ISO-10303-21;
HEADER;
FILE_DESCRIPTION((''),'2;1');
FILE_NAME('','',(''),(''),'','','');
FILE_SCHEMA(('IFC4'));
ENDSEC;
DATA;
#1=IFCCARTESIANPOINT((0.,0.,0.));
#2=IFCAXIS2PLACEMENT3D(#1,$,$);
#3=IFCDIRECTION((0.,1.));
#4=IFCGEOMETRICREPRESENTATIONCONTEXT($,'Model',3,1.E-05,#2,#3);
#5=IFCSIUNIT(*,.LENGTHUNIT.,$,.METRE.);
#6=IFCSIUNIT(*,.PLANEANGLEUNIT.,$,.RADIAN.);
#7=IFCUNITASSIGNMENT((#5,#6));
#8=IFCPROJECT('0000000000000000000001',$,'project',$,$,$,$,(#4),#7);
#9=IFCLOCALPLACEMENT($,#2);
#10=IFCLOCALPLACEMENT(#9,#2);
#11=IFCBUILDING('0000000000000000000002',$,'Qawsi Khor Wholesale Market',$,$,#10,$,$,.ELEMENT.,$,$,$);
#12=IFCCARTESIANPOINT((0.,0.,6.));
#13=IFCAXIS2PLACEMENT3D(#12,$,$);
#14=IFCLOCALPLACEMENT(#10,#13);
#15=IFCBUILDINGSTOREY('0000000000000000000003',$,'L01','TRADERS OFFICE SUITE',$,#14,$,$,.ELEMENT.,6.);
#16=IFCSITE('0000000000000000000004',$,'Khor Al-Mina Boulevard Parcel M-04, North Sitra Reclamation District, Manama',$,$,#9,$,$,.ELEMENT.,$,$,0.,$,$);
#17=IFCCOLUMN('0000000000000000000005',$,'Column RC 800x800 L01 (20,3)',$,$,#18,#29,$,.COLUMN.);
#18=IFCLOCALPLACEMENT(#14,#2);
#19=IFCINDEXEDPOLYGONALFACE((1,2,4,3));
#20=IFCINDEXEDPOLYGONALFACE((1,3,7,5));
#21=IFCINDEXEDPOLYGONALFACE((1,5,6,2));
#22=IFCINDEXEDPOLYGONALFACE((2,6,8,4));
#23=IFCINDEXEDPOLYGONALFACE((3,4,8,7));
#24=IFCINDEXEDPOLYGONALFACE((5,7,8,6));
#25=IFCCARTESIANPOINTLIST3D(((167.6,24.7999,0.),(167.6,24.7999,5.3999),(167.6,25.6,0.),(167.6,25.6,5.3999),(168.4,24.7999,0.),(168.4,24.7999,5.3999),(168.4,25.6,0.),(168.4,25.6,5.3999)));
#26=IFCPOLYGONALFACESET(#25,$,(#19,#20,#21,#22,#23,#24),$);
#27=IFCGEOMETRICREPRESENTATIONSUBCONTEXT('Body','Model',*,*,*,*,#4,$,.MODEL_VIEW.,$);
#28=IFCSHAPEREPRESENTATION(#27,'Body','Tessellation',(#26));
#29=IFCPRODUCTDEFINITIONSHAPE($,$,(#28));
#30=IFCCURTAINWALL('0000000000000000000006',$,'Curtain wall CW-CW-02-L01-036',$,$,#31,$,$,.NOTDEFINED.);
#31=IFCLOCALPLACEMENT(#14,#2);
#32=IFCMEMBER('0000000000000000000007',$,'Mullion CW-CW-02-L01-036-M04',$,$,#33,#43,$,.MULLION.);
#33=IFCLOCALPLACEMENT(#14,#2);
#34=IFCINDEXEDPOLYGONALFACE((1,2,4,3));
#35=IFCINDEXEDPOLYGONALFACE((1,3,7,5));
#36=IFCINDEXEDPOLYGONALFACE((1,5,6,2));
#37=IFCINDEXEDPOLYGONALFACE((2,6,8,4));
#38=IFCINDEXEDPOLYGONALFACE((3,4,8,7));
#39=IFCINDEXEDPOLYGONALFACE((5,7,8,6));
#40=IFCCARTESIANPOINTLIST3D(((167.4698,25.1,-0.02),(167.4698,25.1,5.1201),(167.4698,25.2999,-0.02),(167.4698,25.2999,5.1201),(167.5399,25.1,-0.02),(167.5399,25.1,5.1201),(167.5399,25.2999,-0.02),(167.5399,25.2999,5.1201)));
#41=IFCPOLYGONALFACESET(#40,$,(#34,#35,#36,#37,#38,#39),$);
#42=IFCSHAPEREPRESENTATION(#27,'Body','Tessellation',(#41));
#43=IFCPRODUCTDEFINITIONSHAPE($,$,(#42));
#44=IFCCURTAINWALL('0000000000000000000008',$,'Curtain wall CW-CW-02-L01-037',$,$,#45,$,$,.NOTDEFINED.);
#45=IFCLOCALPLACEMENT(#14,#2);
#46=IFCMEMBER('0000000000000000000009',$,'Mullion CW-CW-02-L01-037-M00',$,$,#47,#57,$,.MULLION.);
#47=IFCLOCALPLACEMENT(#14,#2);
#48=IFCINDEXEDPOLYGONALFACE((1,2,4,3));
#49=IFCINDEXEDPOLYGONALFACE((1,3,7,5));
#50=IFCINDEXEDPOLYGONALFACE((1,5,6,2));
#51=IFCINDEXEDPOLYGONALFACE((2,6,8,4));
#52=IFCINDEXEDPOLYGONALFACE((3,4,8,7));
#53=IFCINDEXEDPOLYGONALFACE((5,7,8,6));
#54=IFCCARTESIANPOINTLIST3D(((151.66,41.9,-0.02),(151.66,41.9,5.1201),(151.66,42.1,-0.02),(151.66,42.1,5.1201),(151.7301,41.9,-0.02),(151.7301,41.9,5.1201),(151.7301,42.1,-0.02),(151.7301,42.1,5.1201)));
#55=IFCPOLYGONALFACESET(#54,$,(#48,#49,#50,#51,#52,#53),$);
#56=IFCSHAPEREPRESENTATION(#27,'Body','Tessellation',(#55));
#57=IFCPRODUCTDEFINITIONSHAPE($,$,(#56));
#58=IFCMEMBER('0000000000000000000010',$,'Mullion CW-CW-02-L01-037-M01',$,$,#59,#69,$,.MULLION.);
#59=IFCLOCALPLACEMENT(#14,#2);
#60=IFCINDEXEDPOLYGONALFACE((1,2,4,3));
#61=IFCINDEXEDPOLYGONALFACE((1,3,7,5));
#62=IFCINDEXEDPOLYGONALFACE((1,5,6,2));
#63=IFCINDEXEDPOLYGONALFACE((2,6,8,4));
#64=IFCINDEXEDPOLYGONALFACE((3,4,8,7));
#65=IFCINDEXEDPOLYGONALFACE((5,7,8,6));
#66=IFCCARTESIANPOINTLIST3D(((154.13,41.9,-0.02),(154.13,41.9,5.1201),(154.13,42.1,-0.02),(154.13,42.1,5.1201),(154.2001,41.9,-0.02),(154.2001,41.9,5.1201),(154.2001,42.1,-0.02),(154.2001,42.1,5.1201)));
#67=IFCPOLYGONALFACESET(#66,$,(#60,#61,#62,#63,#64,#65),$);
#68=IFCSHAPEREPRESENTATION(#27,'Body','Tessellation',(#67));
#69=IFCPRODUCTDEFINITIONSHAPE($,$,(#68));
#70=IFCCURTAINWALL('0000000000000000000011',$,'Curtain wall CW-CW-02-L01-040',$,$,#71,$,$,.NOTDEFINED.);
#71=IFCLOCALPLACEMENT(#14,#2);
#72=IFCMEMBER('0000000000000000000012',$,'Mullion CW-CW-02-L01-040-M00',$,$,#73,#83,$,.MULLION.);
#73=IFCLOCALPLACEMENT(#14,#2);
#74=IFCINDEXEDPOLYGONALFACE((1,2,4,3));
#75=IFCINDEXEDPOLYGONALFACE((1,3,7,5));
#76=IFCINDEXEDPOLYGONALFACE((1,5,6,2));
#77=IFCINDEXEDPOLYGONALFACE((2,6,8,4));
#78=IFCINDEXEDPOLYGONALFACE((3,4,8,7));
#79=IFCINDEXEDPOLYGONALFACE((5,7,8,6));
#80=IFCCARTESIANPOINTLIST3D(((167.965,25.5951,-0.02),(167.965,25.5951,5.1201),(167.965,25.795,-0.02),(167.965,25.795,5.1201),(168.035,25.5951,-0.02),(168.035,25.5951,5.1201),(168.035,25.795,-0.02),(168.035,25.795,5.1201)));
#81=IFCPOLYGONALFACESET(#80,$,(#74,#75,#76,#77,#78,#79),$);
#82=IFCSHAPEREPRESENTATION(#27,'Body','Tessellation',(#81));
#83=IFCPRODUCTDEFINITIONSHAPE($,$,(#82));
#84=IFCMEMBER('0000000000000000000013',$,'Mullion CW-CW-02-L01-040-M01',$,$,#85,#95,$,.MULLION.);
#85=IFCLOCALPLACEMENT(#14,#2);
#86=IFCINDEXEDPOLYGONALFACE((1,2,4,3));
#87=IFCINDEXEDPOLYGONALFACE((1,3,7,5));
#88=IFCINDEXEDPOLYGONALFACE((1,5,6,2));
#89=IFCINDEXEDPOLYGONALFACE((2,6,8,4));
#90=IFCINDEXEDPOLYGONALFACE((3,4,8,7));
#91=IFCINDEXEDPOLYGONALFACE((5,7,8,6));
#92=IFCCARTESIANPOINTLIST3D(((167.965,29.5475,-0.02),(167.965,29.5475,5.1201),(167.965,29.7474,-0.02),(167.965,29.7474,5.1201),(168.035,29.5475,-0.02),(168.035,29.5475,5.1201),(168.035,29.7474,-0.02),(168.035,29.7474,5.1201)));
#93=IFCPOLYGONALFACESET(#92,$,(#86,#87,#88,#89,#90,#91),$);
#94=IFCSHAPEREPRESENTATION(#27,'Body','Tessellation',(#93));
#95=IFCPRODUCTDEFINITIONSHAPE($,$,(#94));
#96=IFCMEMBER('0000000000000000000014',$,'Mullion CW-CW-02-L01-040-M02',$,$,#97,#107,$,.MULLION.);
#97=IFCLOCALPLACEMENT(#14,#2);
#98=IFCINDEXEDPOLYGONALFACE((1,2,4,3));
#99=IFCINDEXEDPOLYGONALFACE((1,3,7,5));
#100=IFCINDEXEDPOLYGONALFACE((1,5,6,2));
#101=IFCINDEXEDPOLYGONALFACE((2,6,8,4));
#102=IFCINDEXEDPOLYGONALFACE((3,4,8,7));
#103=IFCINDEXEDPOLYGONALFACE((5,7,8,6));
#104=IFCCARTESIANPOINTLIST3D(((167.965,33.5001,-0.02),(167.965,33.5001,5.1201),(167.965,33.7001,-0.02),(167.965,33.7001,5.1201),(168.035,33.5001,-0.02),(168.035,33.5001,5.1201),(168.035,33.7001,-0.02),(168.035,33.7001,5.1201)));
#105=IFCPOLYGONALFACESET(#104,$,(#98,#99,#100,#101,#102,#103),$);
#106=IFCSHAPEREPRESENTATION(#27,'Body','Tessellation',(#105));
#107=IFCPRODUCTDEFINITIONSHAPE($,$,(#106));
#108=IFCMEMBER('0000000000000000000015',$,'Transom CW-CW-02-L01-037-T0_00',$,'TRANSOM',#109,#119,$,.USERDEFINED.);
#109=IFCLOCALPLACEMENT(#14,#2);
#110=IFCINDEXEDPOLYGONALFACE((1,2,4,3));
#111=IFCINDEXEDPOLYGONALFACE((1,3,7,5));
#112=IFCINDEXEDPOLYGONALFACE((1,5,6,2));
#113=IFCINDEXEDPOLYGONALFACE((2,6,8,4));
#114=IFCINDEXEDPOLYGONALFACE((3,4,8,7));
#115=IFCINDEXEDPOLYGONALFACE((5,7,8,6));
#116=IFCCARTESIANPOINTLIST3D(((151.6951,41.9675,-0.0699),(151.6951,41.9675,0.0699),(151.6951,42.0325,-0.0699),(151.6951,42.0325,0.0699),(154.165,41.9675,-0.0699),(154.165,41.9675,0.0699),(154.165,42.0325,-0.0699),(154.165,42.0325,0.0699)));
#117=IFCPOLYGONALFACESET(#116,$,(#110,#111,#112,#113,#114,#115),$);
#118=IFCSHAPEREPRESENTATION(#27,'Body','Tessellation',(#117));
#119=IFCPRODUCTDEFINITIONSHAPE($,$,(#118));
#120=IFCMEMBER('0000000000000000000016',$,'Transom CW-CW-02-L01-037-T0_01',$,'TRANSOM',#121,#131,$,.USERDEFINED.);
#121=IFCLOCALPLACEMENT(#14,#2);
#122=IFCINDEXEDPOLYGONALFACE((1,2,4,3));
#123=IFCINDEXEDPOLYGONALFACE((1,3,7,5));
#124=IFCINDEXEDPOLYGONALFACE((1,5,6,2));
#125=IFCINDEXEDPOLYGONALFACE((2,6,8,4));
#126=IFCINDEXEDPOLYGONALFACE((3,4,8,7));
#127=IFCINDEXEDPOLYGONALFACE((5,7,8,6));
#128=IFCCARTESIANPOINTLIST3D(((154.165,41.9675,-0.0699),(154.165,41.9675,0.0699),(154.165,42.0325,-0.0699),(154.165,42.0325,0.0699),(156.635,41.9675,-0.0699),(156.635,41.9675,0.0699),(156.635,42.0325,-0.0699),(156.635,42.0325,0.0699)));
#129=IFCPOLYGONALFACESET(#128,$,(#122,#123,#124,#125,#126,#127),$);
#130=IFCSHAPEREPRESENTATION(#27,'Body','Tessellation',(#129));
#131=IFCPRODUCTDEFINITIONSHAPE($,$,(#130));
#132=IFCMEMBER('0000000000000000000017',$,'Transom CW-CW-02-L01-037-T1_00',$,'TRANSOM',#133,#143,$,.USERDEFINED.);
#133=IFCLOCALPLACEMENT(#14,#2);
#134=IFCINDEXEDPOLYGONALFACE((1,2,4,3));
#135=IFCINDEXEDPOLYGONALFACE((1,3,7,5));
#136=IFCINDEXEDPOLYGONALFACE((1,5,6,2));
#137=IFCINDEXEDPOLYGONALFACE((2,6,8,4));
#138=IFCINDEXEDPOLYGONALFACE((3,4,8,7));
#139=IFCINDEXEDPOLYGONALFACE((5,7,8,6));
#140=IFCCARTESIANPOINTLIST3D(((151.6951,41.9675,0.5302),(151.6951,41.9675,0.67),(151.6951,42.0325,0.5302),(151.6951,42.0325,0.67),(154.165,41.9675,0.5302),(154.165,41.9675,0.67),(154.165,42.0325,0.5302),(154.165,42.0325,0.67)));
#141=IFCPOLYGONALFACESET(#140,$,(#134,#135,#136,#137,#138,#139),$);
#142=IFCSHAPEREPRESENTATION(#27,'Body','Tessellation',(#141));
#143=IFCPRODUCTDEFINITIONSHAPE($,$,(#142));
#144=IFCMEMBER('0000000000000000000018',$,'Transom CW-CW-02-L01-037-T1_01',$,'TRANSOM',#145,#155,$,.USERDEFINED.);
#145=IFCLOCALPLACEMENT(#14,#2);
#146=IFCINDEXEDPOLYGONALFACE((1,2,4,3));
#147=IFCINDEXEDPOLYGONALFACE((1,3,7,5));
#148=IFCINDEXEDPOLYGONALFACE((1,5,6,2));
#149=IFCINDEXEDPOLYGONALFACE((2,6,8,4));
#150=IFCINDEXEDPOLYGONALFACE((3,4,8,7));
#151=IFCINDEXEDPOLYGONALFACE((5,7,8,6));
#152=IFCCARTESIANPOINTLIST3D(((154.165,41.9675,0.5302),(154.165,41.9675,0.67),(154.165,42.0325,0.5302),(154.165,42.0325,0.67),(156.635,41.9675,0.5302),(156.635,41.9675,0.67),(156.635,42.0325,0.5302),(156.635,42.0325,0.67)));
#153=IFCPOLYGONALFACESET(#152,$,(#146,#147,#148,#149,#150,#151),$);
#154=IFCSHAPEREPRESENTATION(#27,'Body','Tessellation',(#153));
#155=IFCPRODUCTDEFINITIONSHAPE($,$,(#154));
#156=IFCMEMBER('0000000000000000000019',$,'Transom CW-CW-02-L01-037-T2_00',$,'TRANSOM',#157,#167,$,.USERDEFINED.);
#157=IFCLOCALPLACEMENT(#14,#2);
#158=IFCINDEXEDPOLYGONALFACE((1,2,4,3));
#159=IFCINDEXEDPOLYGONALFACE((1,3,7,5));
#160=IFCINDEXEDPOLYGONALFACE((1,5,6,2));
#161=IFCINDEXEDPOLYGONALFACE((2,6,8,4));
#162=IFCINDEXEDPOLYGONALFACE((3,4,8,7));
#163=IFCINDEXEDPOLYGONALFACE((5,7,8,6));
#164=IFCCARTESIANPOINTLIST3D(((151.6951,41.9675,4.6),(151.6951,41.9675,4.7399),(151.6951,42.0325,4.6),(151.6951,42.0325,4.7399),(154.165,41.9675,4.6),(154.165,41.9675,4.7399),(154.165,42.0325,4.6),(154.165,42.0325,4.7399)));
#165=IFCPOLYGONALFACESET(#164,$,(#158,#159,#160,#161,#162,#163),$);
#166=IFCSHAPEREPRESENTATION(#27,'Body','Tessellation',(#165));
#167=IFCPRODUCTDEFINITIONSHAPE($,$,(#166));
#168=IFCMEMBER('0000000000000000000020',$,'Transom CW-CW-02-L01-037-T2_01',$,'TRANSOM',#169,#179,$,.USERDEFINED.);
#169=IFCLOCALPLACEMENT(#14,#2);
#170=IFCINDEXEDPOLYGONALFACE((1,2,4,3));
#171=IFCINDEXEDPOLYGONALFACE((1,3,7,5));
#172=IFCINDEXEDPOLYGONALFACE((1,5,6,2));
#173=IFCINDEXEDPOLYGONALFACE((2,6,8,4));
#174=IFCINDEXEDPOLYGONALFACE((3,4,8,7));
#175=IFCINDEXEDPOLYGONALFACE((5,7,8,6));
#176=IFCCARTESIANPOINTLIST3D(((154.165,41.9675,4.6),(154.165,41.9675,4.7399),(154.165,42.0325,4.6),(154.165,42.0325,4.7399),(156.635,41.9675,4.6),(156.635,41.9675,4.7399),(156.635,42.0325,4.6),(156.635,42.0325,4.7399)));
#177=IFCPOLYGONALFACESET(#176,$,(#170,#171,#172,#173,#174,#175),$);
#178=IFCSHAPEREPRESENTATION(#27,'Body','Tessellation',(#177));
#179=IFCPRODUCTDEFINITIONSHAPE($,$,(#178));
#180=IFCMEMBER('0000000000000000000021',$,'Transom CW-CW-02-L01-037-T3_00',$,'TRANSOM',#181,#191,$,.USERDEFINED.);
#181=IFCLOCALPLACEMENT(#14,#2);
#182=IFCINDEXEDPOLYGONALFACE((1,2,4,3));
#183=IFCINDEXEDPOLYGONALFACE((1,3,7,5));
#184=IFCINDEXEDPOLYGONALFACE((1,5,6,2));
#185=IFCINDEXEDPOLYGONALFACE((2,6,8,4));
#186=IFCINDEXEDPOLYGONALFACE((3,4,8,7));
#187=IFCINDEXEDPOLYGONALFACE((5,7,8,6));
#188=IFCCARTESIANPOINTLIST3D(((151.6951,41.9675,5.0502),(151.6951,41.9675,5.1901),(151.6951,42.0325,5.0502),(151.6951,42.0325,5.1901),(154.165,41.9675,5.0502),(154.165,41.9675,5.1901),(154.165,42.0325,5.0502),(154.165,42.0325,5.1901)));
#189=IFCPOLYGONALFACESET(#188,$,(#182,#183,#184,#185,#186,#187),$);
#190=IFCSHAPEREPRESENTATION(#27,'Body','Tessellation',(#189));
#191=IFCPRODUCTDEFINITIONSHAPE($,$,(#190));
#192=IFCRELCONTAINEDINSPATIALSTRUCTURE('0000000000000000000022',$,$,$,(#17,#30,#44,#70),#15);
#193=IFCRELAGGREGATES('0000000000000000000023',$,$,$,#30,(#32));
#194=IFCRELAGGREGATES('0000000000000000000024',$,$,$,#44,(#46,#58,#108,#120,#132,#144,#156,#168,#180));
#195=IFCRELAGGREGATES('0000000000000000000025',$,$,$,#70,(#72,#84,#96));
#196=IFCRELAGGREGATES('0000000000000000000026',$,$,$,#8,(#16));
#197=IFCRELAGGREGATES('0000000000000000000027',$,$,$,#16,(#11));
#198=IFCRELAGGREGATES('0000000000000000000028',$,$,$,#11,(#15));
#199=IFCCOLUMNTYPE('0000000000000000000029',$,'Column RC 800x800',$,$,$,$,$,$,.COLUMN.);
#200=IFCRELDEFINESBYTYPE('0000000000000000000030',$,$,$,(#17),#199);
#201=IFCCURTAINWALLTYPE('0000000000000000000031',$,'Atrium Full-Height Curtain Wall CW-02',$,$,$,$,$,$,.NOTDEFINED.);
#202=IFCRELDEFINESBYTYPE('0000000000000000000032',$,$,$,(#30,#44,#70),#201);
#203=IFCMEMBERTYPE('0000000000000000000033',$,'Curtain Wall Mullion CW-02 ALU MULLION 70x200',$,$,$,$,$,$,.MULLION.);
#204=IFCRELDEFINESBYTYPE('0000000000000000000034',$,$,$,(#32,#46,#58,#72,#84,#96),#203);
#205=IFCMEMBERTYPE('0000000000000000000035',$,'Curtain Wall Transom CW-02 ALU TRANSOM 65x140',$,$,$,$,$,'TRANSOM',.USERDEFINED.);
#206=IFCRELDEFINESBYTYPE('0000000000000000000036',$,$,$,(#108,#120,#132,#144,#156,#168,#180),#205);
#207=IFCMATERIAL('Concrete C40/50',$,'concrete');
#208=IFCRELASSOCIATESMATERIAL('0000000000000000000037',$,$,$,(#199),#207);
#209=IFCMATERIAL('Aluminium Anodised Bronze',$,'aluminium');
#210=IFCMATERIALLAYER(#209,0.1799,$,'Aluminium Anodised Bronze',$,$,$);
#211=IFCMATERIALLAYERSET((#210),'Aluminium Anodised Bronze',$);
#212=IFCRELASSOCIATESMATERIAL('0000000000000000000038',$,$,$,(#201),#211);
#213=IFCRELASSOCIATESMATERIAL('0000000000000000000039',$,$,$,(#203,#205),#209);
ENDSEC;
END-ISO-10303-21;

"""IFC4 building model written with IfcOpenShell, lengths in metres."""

from ifc_helpers import new_model, si_unit, direction, frame, origin, origin_2d, place, context, subcontext, project, spatial, rectangle, extrude, material, layer, layer_set, material_profile, profile_set, type_object, element, aggregate, save


model = new_model("IFC4")

# Units and contexts
model_context = context("Model", 3, precision=1e-05, world=origin(), true_north=direction((0.0, 1.0)))
body_context = subcontext(model_context, "Body", "Model", "MODEL_VIEW")
ifc_project = project(units=[si_unit("LENGTHUNIT", "METRE"), si_unit("PLANEANGLEUNIT", "RADIAN")], contexts=[model_context])

# Site, building, storey
site_placement = place(None, origin())
site = spatial("IfcSite", under=ifc_project, at=site_placement, Name="Khor Al-Mina Boulevard Parcel M-04, North Sitra Reclamation District, Manama", CompositionType="ELEMENT", RefElevation=0.0)
building_placement = place(site_placement, origin())
building = spatial("IfcBuilding", under=site, at=building_placement, Name="Qawsi Khor Wholesale Market", CompositionType="ELEMENT")
storey_placement = place(building_placement, frame((0.0, 0.0, 6.0)))
storey = spatial("IfcBuildingStorey", under=building, at=storey_placement, Name="L01", Description="TRADERS OFFICE SUITE", CompositionType="ELEMENT", Elevation=6.0)

# Column
ifc_material_1 = material(Name="Concrete C40/50", Category="concrete")
ifc_material_profile_1 = material_profile(ifc_material_1, rectangle(XDim=0.8, YDim=0.8, at=origin_2d()), Name="RC 800x800")
ifc_profile_set_1 = profile_set([ifc_material_profile_1], Name="Concrete C40/50")
column_type = type_object("IfcColumnType", Name="Column RC 800x800", PredefinedType="COLUMN", material=ifc_profile_set_1)
column_placement = place(storey_placement, frame((168.0, 25.2, 0.0), z_axis=(0.0, 0.0, 1.0), x_axis=(1.0, 0.0, 0.0)))
element("IfcColumn", 1, at=column_placement, inside=storey, type_object=column_type, Name="Column RC 800x800 L01 (20,3)", PredefinedType="COLUMN", context=body_context, shape_type="SweptSolid", body=[
    extrude(rectangle(XDim=0.8, YDim=0.8, at=origin_2d()), origin(), (0.0, 0.0, 1.0), 5.3999),
])

# Curtain wall, member
ifc_material_2 = material(Name="Aluminium Anodised Bronze", Category="aluminium")
ifc_layer_1 = layer(ifc_material_2, 0.1799, Name="Aluminium Anodised Bronze")
ifc_layer_set_1 = layer_set([ifc_layer_1], Name="Aluminium Anodised Bronze")
curtain_wall_type = type_object("IfcCurtainWallType", Name="Atrium Full-Height Curtain Wall CW-02", PredefinedType="NOTDEFINED", material=ifc_layer_set_1)
curtain_wall_1_placement = place(storey_placement, origin())
curtain_wall_1 = element("IfcCurtainWall", 2, at=curtain_wall_1_placement, inside=storey, type_object=curtain_wall_type, Name="Curtain wall CW-CW-02-L01-036", PredefinedType="NOTDEFINED")
ifc_material_profile_2 = material_profile(ifc_material_2, rectangle(XDim=0.0701, YDim=0.2, at=origin_2d()), Name="ALU MULLION 70x200")
ifc_profile_set_2 = profile_set([ifc_material_profile_2], Name="Aluminium Anodised Bronze")
member_type_1 = type_object("IfcMemberType", Name="Curtain Wall Mullion CW-02 ALU MULLION 70x200", PredefinedType="MULLION", material=ifc_profile_set_2)
member_1_placement = place(storey_placement, frame((167.5049, 25.2, -0.02), z_axis=(0.0, 0.0, 1.0), x_axis=(1.0, 0.0, 0.0)))
member_1 = element("IfcMember", 3, at=member_1_placement, type_object=member_type_1, Name="Mullion CW-CW-02-L01-036-M04", PredefinedType="MULLION", context=body_context, shape_type="SweptSolid", body=[
    extrude(rectangle(XDim=0.0701, YDim=0.2, at=origin_2d()), origin(), (0.0, 0.0, 1.0), 5.1401),
])

# Curtain walls, members
curtain_wall_2_placement = place(storey_placement, origin())
curtain_wall_2 = element("IfcCurtainWall", 4, at=curtain_wall_2_placement, inside=storey, type_object=curtain_wall_type, Name="Curtain wall CW-CW-02-L01-037", PredefinedType="NOTDEFINED")
member_2_placement = place(storey_placement, frame((151.6951, 42.0, -0.02), z_axis=(0.0, 0.0, 1.0), x_axis=(1.0, 0.0, 0.0)))
member_2 = element("IfcMember", 5, at=member_2_placement, type_object=member_type_1, Name="Mullion CW-CW-02-L01-037-M00", PredefinedType="MULLION", context=body_context, shape_type="SweptSolid", body=[
    extrude(rectangle(XDim=0.0701, YDim=0.2, at=origin_2d()), origin(), (0.0, 0.0, 1.0), 5.1401),
])
member_3_placement = place(storey_placement, frame((154.165, 42.0, -0.02), z_axis=(0.0, 0.0, 1.0), x_axis=(1.0, 0.0, 0.0)))
member_3 = element("IfcMember", 6, at=member_3_placement, type_object=member_type_1, Name="Mullion CW-CW-02-L01-037-M01", PredefinedType="MULLION", context=body_context, shape_type="SweptSolid", body=[
    extrude(rectangle(XDim=0.0701, YDim=0.2, at=origin_2d()), origin(), (0.0, 0.0, 1.0), 5.1401),
])
curtain_wall_3_placement = place(storey_placement, origin())
curtain_wall_3 = element("IfcCurtainWall", 7, at=curtain_wall_3_placement, inside=storey, type_object=curtain_wall_type, Name="Curtain wall CW-CW-02-L01-040", PredefinedType="NOTDEFINED")
member_4_placement = place(storey_placement, frame((168.0, 25.6951, -0.02), z_axis=(0.0, 0.0, 1.0), x_axis=(1.0, 0.0, 0.0)))
member_4 = element("IfcMember", 8, at=member_4_placement, type_object=member_type_1, Name="Mullion CW-CW-02-L01-040-M00", PredefinedType="MULLION", context=body_context, shape_type="SweptSolid", body=[
    extrude(rectangle(XDim=0.0701, YDim=0.2, at=origin_2d()), origin(), (0.0, 0.0, 1.0), 5.1401),
])
member_5_placement = place(storey_placement, frame((168.0, 29.6475, -0.02), z_axis=(0.0, 0.0, 1.0), x_axis=(1.0, 0.0, 0.0)))
member_5 = element("IfcMember", 9, at=member_5_placement, type_object=member_type_1, Name="Mullion CW-CW-02-L01-040-M01", PredefinedType="MULLION", context=body_context, shape_type="SweptSolid", body=[
    extrude(rectangle(XDim=0.0701, YDim=0.2, at=origin_2d()), origin(), (0.0, 0.0, 1.0), 5.1401),
])
member_6_placement = place(storey_placement, frame((168.0, 33.6001, -0.02), z_axis=(0.0, 0.0, 1.0), x_axis=(1.0, 0.0, 0.0)))
member_6 = element("IfcMember", 10, at=member_6_placement, type_object=member_type_1, Name="Mullion CW-CW-02-L01-040-M02", PredefinedType="MULLION", context=body_context, shape_type="SweptSolid", body=[
    extrude(rectangle(XDim=0.0701, YDim=0.2, at=origin_2d()), origin(), (0.0, 0.0, 1.0), 5.1401),
])

# Members
ifc_material_profile_3 = material_profile(ifc_material_2, rectangle(XDim=0.0649, YDim=0.1399, at=origin_2d()), Name="ALU TRANSOM 65x140")
ifc_profile_set_3 = profile_set([ifc_material_profile_3], Name="Aluminium Anodised Bronze")
member_type_2 = type_object("IfcMemberType", Name="Curtain Wall Transom CW-02 ALU TRANSOM 65x140", ElementType="TRANSOM", PredefinedType="USERDEFINED", material=ifc_profile_set_3)
member_7_placement = place(storey_placement, frame((151.6951, 42.0, 0.0), z_axis=(1.0, 0.0, 0.0), x_axis=(0.0, 1.0, 0.0)))
member_7 = element("IfcMember", 11, at=member_7_placement, type_object=member_type_2, Name="Transom CW-CW-02-L01-037-T0_00", ObjectType="TRANSOM", PredefinedType="USERDEFINED", context=body_context, shape_type="SweptSolid", body=[
    extrude(rectangle(XDim=0.0649, YDim=0.1399, at=origin_2d()), origin(), (0.0, 0.0, 1.0), 2.47),
])
member_8_placement = place(storey_placement, frame((154.165, 42.0, 0.0), z_axis=(1.0, 0.0, 0.0), x_axis=(0.0, 1.0, 0.0)))
member_8 = element("IfcMember", 12, at=member_8_placement, type_object=member_type_2, Name="Transom CW-CW-02-L01-037-T0_01", ObjectType="TRANSOM", PredefinedType="USERDEFINED", context=body_context, shape_type="SweptSolid", body=[
    extrude(rectangle(XDim=0.0649, YDim=0.1399, at=origin_2d()), origin(), (0.0, 0.0, 1.0), 2.47),
])
member_9_placement = place(storey_placement, frame((151.6951, 42.0, 0.6001), z_axis=(1.0, 0.0, 0.0), x_axis=(0.0, 1.0, 0.0)))
member_9 = element("IfcMember", 13, at=member_9_placement, type_object=member_type_2, Name="Transom CW-CW-02-L01-037-T1_00", ObjectType="TRANSOM", PredefinedType="USERDEFINED", context=body_context, shape_type="SweptSolid", body=[
    extrude(rectangle(XDim=0.0649, YDim=0.1399, at=origin_2d()), origin(), (0.0, 0.0, 1.0), 2.47),
])
member_10_placement = place(storey_placement, frame((154.165, 42.0, 0.6001), z_axis=(1.0, 0.0, 0.0), x_axis=(0.0, 1.0, 0.0)))
member_10 = element("IfcMember", 14, at=member_10_placement, type_object=member_type_2, Name="Transom CW-CW-02-L01-037-T1_01", ObjectType="TRANSOM", PredefinedType="USERDEFINED", context=body_context, shape_type="SweptSolid", body=[
    extrude(rectangle(XDim=0.0649, YDim=0.1399, at=origin_2d()), origin(), (0.0, 0.0, 1.0), 2.47),
])
member_11_placement = place(storey_placement, frame((151.6951, 42.0, 4.6699), z_axis=(1.0, 0.0, 0.0), x_axis=(0.0, 1.0, 0.0)))
member_11 = element("IfcMember", 15, at=member_11_placement, type_object=member_type_2, Name="Transom CW-CW-02-L01-037-T2_00", ObjectType="TRANSOM", PredefinedType="USERDEFINED", context=body_context, shape_type="SweptSolid", body=[
    extrude(rectangle(XDim=0.0649, YDim=0.1399, at=origin_2d()), origin(), (0.0, 0.0, 1.0), 2.47),
])
member_12_placement = place(storey_placement, frame((154.165, 42.0, 4.6699), z_axis=(1.0, 0.0, 0.0), x_axis=(0.0, 1.0, 0.0)))
member_12 = element("IfcMember", 16, at=member_12_placement, type_object=member_type_2, Name="Transom CW-CW-02-L01-037-T2_01", ObjectType="TRANSOM", PredefinedType="USERDEFINED", context=body_context, shape_type="SweptSolid", body=[
    extrude(rectangle(XDim=0.0649, YDim=0.1399, at=origin_2d()), origin(), (0.0, 0.0, 1.0), 2.47),
])
member_13_placement = place(storey_placement, frame((151.6951, 42.0, 5.1201), z_axis=(1.0, 0.0, 0.0), x_axis=(0.0, 1.0, 0.0)))
member_13 = element("IfcMember", 17, at=member_13_placement, type_object=member_type_2, Name="Transom CW-CW-02-L01-037-T3_00", ObjectType="TRANSOM", PredefinedType="USERDEFINED", context=body_context, shape_type="SweptSolid", body=[
    extrude(rectangle(XDim=0.0649, YDim=0.1399, at=origin_2d()), origin(), (0.0, 0.0, 1.0), 2.47),
])

aggregate(curtain_wall_1, [member_1])
aggregate(curtain_wall_2, [member_2, member_3, member_7, member_8, member_9, member_10, member_11, member_12, member_13])
aggregate(curtain_wall_3, [member_4, member_5, member_6])

save(model, "model.ifc")
